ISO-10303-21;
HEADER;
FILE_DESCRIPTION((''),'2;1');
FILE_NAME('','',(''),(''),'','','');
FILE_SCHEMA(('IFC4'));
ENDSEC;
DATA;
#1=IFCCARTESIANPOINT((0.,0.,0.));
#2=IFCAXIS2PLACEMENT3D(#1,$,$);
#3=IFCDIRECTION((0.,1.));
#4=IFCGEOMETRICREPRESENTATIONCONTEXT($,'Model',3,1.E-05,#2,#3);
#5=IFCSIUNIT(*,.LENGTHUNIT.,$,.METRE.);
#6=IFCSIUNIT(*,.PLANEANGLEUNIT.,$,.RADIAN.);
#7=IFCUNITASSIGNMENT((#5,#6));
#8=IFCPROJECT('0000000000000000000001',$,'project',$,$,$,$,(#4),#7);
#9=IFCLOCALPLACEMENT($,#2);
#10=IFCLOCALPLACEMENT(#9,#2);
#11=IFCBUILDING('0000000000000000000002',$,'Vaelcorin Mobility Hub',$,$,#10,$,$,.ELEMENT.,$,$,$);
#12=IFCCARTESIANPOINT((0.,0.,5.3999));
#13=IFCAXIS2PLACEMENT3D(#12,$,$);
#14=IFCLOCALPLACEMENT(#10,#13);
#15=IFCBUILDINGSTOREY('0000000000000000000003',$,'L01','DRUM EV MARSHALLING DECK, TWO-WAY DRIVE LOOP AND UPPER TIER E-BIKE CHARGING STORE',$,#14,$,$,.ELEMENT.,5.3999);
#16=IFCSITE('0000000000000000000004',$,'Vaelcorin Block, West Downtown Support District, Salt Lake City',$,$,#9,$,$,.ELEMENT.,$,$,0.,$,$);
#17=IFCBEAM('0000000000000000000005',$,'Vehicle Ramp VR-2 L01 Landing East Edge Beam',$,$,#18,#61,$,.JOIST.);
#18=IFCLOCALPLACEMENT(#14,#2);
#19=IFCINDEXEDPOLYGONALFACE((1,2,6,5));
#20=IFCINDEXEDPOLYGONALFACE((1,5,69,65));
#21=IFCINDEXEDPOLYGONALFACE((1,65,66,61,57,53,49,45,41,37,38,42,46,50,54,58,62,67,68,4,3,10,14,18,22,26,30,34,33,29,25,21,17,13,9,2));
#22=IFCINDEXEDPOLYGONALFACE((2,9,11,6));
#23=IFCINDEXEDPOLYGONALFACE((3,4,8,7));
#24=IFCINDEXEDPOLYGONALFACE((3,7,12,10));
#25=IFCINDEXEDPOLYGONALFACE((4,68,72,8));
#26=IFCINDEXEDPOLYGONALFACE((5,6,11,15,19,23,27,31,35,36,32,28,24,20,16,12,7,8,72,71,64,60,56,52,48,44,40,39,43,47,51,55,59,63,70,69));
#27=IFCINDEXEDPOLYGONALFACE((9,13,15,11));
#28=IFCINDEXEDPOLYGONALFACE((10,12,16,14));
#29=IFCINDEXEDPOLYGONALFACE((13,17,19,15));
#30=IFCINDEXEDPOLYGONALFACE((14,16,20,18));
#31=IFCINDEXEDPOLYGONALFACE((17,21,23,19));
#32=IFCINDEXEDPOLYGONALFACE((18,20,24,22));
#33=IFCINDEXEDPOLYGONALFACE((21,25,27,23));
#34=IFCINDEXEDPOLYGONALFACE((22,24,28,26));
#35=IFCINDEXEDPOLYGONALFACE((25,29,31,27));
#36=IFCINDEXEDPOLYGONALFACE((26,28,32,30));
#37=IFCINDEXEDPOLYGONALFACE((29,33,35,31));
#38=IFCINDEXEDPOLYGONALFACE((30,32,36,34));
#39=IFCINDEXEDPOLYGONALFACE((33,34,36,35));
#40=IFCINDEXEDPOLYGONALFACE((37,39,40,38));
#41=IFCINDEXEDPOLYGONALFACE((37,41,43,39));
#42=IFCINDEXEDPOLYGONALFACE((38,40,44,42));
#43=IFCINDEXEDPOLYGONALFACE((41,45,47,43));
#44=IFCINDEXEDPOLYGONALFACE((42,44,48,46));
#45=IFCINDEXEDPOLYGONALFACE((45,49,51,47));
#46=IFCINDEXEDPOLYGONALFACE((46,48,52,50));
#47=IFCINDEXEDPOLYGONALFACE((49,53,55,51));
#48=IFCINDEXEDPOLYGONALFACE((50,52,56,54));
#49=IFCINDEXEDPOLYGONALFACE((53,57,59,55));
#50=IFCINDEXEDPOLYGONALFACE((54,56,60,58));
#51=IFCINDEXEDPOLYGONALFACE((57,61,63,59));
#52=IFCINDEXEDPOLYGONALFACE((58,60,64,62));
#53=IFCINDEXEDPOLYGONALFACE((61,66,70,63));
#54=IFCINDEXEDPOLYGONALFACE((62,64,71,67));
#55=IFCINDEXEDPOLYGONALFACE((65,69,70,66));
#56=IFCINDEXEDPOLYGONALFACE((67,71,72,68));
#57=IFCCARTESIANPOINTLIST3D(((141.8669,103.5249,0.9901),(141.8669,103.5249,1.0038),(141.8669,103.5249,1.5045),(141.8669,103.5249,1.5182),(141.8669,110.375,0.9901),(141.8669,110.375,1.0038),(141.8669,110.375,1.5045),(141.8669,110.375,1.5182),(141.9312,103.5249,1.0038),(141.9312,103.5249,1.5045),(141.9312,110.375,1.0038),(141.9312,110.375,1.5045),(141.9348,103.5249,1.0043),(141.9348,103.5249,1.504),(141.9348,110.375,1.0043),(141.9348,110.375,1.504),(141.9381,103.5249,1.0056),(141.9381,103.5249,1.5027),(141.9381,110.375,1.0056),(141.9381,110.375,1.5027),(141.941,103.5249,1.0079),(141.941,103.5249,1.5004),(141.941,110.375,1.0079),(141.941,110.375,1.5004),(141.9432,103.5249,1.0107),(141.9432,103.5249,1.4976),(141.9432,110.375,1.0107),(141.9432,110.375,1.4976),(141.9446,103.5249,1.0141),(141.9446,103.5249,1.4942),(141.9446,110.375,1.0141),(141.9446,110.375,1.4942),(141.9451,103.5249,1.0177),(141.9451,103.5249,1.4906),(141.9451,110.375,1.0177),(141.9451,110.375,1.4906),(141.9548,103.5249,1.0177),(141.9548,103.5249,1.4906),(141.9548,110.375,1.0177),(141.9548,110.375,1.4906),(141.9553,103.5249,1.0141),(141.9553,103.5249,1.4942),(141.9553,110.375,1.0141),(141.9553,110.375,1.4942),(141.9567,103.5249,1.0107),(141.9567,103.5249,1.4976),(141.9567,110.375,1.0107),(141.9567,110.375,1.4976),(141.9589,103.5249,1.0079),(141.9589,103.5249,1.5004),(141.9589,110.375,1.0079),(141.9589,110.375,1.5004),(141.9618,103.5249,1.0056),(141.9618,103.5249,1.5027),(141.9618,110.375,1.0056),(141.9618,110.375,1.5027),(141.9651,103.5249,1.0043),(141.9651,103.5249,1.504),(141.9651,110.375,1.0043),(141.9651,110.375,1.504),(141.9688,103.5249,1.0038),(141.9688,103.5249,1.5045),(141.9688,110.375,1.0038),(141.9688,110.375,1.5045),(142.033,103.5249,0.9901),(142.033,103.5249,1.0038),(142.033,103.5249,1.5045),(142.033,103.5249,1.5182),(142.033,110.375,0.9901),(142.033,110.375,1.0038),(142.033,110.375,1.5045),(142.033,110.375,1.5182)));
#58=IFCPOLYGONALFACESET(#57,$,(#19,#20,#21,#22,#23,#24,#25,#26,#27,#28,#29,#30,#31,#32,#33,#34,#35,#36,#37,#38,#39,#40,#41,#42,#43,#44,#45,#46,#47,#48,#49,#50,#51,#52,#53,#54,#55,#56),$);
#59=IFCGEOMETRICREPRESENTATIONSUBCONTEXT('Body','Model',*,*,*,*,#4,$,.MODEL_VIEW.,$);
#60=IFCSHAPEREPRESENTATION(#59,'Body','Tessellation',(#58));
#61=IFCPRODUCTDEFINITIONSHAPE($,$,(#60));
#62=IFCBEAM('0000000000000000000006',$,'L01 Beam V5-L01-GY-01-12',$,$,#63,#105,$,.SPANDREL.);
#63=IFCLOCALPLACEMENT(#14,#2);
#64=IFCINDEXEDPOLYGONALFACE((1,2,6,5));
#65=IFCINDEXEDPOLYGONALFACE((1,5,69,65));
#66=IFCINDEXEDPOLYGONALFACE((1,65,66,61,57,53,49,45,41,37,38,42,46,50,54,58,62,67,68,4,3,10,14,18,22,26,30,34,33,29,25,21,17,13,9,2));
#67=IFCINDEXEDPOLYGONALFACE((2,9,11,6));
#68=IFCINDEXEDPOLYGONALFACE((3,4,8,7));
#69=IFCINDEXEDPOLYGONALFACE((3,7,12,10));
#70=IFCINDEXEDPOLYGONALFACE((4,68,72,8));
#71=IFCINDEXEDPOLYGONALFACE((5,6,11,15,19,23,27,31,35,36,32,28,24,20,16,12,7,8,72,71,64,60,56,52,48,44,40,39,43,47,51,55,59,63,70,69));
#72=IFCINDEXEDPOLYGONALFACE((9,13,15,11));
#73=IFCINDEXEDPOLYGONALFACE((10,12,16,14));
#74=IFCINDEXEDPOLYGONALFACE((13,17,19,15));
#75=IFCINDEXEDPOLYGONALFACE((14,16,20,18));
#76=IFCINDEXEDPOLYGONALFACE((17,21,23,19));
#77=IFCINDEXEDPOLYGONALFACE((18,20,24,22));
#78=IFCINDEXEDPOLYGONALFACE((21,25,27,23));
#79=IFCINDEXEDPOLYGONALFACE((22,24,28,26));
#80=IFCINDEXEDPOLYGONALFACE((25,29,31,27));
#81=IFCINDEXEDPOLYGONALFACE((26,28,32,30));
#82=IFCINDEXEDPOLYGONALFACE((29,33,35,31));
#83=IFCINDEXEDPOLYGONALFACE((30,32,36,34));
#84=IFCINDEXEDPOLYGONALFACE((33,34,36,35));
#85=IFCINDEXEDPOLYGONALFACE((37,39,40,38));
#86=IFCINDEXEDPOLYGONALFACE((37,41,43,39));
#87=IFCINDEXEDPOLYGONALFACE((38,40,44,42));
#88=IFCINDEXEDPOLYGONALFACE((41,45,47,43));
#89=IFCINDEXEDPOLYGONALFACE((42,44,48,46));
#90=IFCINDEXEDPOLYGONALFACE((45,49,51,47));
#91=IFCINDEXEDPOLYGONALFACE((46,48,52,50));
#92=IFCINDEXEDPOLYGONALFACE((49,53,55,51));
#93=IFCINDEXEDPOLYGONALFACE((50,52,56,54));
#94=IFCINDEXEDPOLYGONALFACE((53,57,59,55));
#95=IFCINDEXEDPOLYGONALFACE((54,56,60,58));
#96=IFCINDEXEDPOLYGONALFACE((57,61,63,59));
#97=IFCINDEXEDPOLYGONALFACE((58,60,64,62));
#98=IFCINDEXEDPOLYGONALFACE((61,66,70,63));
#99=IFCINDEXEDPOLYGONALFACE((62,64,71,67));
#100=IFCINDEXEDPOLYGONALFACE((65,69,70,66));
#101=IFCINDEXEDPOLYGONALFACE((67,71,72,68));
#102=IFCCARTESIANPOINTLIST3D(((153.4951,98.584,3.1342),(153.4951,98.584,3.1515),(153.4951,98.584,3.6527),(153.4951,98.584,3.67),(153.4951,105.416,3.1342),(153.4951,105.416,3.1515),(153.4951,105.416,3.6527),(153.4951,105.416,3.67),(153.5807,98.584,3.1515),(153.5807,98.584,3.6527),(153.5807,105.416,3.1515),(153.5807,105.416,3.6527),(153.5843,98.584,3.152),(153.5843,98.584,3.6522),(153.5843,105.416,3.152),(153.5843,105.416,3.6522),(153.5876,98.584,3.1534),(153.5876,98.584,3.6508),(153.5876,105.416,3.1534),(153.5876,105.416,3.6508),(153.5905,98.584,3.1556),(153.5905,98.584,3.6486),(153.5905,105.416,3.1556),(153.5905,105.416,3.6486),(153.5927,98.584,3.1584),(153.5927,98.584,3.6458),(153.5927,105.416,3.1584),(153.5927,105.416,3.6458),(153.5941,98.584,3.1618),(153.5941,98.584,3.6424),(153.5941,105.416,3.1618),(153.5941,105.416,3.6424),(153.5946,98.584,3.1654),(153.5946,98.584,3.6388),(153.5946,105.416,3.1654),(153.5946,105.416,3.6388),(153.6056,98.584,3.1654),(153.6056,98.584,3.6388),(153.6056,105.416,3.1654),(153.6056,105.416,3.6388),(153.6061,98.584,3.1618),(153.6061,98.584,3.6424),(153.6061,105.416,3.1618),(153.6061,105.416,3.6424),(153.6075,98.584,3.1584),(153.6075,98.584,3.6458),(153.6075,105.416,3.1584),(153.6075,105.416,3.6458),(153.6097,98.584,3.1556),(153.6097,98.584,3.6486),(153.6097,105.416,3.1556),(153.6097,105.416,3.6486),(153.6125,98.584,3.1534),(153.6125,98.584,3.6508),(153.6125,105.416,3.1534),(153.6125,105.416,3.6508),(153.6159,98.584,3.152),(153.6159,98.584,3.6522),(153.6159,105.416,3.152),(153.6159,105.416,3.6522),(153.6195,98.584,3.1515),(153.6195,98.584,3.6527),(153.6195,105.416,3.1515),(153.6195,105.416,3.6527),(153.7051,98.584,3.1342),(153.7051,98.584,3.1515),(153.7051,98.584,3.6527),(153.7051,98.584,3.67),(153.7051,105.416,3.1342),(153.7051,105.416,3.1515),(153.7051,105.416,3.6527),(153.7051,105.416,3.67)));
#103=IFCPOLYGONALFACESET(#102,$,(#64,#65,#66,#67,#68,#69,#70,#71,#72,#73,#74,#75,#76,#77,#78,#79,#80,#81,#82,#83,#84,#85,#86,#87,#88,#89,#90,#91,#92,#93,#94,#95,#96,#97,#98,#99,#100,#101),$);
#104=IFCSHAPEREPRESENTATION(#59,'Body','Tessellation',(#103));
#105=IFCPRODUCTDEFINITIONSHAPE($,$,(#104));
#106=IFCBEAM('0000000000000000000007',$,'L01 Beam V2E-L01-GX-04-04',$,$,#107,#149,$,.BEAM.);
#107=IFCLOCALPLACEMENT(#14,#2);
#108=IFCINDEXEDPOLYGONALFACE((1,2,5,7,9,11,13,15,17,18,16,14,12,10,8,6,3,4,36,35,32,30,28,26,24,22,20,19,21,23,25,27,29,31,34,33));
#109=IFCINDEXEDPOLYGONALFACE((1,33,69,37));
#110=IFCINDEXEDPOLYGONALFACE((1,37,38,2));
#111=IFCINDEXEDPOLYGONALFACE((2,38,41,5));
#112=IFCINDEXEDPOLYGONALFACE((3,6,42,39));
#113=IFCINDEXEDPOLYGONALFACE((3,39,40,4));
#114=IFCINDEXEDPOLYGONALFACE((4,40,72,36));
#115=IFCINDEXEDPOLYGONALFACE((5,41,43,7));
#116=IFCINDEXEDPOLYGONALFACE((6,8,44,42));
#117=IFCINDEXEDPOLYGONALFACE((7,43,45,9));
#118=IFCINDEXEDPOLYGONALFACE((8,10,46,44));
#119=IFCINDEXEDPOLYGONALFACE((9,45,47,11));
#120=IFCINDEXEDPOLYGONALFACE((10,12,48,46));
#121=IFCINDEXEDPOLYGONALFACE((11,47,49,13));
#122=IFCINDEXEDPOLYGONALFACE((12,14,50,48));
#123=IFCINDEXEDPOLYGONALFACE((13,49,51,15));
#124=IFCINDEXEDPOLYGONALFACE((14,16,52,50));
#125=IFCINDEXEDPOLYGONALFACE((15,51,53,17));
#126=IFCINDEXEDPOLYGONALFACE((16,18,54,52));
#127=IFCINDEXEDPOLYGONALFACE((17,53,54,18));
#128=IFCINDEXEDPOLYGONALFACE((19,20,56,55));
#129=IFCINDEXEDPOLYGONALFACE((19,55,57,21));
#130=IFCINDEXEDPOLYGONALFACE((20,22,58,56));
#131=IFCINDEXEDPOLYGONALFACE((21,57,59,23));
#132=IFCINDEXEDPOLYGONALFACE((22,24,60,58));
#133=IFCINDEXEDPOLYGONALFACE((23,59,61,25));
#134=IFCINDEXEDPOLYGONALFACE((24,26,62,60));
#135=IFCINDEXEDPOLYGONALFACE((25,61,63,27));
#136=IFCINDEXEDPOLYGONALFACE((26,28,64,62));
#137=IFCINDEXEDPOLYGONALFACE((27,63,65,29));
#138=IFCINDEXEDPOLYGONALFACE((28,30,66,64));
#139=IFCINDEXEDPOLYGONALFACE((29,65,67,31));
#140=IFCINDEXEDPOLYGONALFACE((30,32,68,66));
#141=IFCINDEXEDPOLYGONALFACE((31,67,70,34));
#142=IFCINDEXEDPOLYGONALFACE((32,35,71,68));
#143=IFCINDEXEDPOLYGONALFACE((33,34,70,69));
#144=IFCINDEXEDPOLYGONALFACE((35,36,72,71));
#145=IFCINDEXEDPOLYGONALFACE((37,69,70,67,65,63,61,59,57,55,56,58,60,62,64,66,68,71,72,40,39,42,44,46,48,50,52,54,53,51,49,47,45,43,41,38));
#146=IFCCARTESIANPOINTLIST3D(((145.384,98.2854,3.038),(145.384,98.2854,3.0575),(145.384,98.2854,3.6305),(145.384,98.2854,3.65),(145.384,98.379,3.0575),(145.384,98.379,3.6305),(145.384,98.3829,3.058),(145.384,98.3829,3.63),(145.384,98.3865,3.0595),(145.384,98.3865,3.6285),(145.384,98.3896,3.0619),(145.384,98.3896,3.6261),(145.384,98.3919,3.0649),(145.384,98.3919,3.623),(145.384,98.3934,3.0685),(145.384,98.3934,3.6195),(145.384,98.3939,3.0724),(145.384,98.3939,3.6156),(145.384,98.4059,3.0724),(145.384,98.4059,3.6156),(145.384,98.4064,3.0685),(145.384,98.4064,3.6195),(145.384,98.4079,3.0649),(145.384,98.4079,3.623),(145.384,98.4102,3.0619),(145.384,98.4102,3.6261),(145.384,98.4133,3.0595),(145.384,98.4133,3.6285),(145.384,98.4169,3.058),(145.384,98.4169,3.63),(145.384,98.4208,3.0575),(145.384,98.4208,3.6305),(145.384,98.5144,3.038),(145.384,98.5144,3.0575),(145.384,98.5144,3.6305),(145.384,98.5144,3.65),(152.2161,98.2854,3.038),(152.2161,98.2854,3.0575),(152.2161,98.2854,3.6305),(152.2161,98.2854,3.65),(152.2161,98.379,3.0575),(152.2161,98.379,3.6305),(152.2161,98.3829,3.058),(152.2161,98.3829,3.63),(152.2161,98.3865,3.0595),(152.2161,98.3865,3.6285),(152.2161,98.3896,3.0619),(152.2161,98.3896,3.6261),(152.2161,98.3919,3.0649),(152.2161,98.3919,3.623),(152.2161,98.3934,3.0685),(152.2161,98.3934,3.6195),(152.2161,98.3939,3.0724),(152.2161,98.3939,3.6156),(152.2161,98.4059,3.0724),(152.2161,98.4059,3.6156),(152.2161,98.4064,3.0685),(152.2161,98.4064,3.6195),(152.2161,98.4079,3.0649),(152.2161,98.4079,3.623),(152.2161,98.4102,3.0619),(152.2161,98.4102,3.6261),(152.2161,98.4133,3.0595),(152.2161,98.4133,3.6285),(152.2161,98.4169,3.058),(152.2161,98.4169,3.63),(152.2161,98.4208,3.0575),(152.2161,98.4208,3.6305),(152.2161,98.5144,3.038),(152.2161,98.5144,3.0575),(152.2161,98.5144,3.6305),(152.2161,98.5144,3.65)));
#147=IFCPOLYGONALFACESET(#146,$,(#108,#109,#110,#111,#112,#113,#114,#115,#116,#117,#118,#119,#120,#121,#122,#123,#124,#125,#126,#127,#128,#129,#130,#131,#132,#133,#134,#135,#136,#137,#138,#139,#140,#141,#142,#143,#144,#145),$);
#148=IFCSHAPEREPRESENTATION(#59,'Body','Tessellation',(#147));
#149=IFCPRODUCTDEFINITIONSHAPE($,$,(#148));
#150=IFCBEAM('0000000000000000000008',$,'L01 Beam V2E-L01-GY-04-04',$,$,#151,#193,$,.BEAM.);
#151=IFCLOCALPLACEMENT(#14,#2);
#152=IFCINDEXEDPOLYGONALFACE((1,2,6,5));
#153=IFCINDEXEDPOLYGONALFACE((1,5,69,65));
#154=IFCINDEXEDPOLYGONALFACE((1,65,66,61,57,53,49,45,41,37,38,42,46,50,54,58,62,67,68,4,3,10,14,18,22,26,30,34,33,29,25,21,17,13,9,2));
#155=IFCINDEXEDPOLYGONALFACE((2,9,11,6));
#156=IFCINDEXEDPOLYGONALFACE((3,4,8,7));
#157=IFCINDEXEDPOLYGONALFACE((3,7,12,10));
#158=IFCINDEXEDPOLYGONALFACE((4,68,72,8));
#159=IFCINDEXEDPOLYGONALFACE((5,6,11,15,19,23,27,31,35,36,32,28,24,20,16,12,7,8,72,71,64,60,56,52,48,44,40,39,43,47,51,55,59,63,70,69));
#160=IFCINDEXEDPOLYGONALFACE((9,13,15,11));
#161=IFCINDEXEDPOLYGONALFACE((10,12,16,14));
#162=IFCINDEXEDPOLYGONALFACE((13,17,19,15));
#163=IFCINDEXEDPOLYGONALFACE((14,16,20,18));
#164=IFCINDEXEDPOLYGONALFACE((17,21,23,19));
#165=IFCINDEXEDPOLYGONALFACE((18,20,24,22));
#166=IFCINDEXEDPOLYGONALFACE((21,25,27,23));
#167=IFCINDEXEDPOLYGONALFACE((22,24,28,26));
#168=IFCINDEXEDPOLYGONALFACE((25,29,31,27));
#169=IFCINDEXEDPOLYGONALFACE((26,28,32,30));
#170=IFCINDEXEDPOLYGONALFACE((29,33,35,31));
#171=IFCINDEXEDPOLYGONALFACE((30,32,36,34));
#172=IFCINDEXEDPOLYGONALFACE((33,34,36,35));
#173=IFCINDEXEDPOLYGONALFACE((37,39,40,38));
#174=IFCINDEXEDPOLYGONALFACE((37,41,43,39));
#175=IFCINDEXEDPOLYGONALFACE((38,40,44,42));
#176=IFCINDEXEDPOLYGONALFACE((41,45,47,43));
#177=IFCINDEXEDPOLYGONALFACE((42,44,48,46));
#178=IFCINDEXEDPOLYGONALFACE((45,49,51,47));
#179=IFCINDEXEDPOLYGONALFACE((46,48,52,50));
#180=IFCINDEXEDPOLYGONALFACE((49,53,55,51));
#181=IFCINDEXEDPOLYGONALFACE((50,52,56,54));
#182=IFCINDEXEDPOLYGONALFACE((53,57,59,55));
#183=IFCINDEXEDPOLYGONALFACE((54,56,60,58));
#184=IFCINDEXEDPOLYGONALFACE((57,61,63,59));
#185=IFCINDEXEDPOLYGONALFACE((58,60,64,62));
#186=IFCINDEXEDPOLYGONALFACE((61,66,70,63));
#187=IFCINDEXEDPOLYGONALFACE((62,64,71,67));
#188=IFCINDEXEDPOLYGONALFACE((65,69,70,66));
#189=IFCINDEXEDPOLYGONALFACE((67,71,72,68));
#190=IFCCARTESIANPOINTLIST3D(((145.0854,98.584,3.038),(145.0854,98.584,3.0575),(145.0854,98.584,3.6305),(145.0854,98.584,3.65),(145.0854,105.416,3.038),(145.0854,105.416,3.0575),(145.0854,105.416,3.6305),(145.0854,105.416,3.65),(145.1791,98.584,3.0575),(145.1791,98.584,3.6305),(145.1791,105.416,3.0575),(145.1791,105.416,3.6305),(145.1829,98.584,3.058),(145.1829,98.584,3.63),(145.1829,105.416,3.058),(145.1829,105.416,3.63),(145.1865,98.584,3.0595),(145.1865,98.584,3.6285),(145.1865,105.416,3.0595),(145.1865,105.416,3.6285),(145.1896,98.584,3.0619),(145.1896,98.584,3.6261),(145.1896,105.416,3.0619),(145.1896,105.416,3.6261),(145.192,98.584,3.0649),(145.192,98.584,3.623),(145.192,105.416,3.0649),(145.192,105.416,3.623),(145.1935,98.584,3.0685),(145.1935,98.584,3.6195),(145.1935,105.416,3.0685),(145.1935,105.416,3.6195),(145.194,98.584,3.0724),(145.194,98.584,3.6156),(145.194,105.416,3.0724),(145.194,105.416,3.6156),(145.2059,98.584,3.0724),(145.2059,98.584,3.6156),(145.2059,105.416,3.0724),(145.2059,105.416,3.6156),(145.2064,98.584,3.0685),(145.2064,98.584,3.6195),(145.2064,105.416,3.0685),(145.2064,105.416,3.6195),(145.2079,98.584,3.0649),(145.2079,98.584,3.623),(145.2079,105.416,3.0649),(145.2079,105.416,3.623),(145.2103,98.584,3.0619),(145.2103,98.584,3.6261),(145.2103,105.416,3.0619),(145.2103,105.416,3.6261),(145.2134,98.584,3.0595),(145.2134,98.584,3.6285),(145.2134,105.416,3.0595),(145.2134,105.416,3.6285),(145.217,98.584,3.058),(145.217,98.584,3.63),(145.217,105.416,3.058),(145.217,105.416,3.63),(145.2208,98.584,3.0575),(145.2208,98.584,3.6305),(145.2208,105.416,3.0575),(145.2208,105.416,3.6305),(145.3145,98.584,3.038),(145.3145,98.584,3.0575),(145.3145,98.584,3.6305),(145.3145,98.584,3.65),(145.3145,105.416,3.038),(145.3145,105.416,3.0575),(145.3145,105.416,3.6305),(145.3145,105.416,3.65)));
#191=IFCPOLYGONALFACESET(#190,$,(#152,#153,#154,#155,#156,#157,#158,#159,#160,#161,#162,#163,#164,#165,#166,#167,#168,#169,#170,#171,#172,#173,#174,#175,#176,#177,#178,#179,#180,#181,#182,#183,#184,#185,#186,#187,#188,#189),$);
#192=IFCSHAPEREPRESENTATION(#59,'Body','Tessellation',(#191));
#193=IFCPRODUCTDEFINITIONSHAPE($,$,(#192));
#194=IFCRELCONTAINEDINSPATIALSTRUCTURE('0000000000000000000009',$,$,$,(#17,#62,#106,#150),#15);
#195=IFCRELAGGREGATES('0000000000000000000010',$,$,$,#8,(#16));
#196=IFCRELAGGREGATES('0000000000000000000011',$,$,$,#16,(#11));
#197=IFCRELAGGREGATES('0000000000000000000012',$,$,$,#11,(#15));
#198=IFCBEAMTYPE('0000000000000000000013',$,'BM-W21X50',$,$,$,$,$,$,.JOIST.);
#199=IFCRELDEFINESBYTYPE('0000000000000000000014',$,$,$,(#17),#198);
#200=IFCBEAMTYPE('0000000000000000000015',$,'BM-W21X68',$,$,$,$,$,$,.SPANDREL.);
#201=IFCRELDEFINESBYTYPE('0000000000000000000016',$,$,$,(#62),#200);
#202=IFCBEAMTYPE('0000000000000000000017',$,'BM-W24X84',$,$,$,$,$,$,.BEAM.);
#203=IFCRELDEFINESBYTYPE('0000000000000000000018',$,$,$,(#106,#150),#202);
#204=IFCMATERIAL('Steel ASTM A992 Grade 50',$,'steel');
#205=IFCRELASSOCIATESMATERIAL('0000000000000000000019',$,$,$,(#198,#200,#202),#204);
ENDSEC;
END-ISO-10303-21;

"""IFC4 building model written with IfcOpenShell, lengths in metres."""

from ifc_helpers import new_model, si_unit, direction, frame, origin, origin_2d, place, context, subcontext, project, spatial, i_section, extrude, material, material_profile, profile_set, type_object, element, save


model = new_model("IFC4")

# Units and contexts
model_context = context("Model", 3, precision=1e-05, world=origin(), true_north=direction((0.0, 1.0)))
body_context = subcontext(model_context, "Body", "Model", "MODEL_VIEW")
ifc_project = project(units=[si_unit("LENGTHUNIT", "METRE"), si_unit("PLANEANGLEUNIT", "RADIAN")], contexts=[model_context])

# Site, building, storey
site_placement = place(None, origin())
site = spatial("IfcSite", under=ifc_project, at=site_placement, Name="Vaelcorin Block, West Downtown Support District, Salt Lake City", CompositionType="ELEMENT", RefElevation=0.0)
building_placement = place(site_placement, origin())
building = spatial("IfcBuilding", under=site, at=building_placement, Name="Vaelcorin Mobility Hub", CompositionType="ELEMENT")
storey_placement = place(building_placement, frame((0.0, 0.0, 5.3999)))
storey = spatial("IfcBuildingStorey", under=building, at=storey_placement, Name="L01", Description="DRUM EV MARSHALLING DECK, TWO-WAY DRIVE LOOP AND UPPER TIER E-BIKE CHARGING STORE", CompositionType="ELEMENT", Elevation=5.3999)

# Shared definitions
ifc_material_1 = material(Name="Steel ASTM A992 Grade 50", Category="steel")

# Beams
ifc_material_profile_1 = material_profile(ifc_material_1, i_section(OverallWidth=0.166, OverallDepth=0.5281, WebThickness=0.0098, FlangeThickness=0.0137, FilletRadius=0.0139, at=origin_2d()), Name="W21X50")
ifc_profile_set_1 = profile_set([ifc_material_profile_1], Name="Steel ASTM A992 Grade 50")
beam_type_1 = type_object("IfcBeamType", Name="BM-W21X50", PredefinedType="JOIST", material=ifc_profile_set_1)
beam_1_placement = place(storey_placement, frame((141.95, 103.5249, 1.2542), z_axis=(0.0, 1.0, 0.0), x_axis=(-1.0, 0.0, 0.0)))
element("IfcBeam", 1, at=beam_1_placement, inside=storey, type_object=beam_type_1, Name="Vehicle Ramp VR-2 L01 Landing East Edge Beam", PredefinedType="JOIST", context=body_context, shape_type="SweptSolid", body=[
    extrude(i_section(OverallWidth=0.166, OverallDepth=0.5281, WebThickness=0.0098, FlangeThickness=0.0137, FilletRadius=0.0139, at=origin_2d()), origin(), (0.0, 0.0, 1.0), 6.8501),
])
ifc_material_profile_2 = material_profile(ifc_material_1, i_section(OverallWidth=0.21, OverallDepth=0.5359, WebThickness=0.011, FlangeThickness=0.0173, FilletRadius=0.0139, at=origin_2d()), Name="W21X68")
ifc_profile_set_2 = profile_set([ifc_material_profile_2], Name="Steel ASTM A992 Grade 50")
beam_type_2 = type_object("IfcBeamType", Name="BM-W21X68", PredefinedType="SPANDREL", material=ifc_profile_set_2)
beam_2_placement = place(storey_placement, frame((153.6001, 98.584, 3.4021), z_axis=(0.0, 1.0, 0.0), x_axis=(-1.0, 0.0, 0.0)))
element("IfcBeam", 2, at=beam_2_placement, inside=storey, type_object=beam_type_2, Name="L01 Beam V5-L01-GY-01-12", PredefinedType="SPANDREL", context=body_context, shape_type="SweptSolid", body=[
    extrude(i_section(OverallWidth=0.21, OverallDepth=0.5359, WebThickness=0.011, FlangeThickness=0.0173, FilletRadius=0.0139, at=origin_2d()), origin(), (0.0, 0.0, 1.0), 6.832),
])
ifc_material_profile_3 = material_profile(ifc_material_1, i_section(OverallWidth=0.229, OverallDepth=0.6121, WebThickness=0.012, FlangeThickness=0.0195, FilletRadius=0.0149, at=origin_2d()), Name="W24X84")
ifc_profile_set_3 = profile_set([ifc_material_profile_3], Name="Steel ASTM A992 Grade 50")
beam_type_3 = type_object("IfcBeamType", Name="BM-W24X84", PredefinedType="BEAM", material=ifc_profile_set_3)
for number, where, z_axis, x_axis, name in (
    (3, (145.384, 98.3999, 3.344), (1.0, 0.0, 0.0), (0.0, 1.0, 0.0), "L01 Beam V2E-L01-GX-04-04"),
    (4, (145.2, 98.584, 3.344), (0.0, 1.0, 0.0), (-1.0, 0.0, 0.0), "L01 Beam V2E-L01-GY-04-04"),
):
    element("IfcBeam", number, at=place(storey_placement, frame(where, z_axis=z_axis, x_axis=x_axis)), inside=storey, type_object=beam_type_3, Name=name, PredefinedType="BEAM", context=body_context, shape_type="SweptSolid", body=[
        extrude(i_section(OverallWidth=0.229, OverallDepth=0.6121, WebThickness=0.012, FlangeThickness=0.0195, FilletRadius=0.0149, at=origin_2d()), origin(), (0.0, 0.0, 1.0), 6.832),
    ])

save(model, "model.ifc")
